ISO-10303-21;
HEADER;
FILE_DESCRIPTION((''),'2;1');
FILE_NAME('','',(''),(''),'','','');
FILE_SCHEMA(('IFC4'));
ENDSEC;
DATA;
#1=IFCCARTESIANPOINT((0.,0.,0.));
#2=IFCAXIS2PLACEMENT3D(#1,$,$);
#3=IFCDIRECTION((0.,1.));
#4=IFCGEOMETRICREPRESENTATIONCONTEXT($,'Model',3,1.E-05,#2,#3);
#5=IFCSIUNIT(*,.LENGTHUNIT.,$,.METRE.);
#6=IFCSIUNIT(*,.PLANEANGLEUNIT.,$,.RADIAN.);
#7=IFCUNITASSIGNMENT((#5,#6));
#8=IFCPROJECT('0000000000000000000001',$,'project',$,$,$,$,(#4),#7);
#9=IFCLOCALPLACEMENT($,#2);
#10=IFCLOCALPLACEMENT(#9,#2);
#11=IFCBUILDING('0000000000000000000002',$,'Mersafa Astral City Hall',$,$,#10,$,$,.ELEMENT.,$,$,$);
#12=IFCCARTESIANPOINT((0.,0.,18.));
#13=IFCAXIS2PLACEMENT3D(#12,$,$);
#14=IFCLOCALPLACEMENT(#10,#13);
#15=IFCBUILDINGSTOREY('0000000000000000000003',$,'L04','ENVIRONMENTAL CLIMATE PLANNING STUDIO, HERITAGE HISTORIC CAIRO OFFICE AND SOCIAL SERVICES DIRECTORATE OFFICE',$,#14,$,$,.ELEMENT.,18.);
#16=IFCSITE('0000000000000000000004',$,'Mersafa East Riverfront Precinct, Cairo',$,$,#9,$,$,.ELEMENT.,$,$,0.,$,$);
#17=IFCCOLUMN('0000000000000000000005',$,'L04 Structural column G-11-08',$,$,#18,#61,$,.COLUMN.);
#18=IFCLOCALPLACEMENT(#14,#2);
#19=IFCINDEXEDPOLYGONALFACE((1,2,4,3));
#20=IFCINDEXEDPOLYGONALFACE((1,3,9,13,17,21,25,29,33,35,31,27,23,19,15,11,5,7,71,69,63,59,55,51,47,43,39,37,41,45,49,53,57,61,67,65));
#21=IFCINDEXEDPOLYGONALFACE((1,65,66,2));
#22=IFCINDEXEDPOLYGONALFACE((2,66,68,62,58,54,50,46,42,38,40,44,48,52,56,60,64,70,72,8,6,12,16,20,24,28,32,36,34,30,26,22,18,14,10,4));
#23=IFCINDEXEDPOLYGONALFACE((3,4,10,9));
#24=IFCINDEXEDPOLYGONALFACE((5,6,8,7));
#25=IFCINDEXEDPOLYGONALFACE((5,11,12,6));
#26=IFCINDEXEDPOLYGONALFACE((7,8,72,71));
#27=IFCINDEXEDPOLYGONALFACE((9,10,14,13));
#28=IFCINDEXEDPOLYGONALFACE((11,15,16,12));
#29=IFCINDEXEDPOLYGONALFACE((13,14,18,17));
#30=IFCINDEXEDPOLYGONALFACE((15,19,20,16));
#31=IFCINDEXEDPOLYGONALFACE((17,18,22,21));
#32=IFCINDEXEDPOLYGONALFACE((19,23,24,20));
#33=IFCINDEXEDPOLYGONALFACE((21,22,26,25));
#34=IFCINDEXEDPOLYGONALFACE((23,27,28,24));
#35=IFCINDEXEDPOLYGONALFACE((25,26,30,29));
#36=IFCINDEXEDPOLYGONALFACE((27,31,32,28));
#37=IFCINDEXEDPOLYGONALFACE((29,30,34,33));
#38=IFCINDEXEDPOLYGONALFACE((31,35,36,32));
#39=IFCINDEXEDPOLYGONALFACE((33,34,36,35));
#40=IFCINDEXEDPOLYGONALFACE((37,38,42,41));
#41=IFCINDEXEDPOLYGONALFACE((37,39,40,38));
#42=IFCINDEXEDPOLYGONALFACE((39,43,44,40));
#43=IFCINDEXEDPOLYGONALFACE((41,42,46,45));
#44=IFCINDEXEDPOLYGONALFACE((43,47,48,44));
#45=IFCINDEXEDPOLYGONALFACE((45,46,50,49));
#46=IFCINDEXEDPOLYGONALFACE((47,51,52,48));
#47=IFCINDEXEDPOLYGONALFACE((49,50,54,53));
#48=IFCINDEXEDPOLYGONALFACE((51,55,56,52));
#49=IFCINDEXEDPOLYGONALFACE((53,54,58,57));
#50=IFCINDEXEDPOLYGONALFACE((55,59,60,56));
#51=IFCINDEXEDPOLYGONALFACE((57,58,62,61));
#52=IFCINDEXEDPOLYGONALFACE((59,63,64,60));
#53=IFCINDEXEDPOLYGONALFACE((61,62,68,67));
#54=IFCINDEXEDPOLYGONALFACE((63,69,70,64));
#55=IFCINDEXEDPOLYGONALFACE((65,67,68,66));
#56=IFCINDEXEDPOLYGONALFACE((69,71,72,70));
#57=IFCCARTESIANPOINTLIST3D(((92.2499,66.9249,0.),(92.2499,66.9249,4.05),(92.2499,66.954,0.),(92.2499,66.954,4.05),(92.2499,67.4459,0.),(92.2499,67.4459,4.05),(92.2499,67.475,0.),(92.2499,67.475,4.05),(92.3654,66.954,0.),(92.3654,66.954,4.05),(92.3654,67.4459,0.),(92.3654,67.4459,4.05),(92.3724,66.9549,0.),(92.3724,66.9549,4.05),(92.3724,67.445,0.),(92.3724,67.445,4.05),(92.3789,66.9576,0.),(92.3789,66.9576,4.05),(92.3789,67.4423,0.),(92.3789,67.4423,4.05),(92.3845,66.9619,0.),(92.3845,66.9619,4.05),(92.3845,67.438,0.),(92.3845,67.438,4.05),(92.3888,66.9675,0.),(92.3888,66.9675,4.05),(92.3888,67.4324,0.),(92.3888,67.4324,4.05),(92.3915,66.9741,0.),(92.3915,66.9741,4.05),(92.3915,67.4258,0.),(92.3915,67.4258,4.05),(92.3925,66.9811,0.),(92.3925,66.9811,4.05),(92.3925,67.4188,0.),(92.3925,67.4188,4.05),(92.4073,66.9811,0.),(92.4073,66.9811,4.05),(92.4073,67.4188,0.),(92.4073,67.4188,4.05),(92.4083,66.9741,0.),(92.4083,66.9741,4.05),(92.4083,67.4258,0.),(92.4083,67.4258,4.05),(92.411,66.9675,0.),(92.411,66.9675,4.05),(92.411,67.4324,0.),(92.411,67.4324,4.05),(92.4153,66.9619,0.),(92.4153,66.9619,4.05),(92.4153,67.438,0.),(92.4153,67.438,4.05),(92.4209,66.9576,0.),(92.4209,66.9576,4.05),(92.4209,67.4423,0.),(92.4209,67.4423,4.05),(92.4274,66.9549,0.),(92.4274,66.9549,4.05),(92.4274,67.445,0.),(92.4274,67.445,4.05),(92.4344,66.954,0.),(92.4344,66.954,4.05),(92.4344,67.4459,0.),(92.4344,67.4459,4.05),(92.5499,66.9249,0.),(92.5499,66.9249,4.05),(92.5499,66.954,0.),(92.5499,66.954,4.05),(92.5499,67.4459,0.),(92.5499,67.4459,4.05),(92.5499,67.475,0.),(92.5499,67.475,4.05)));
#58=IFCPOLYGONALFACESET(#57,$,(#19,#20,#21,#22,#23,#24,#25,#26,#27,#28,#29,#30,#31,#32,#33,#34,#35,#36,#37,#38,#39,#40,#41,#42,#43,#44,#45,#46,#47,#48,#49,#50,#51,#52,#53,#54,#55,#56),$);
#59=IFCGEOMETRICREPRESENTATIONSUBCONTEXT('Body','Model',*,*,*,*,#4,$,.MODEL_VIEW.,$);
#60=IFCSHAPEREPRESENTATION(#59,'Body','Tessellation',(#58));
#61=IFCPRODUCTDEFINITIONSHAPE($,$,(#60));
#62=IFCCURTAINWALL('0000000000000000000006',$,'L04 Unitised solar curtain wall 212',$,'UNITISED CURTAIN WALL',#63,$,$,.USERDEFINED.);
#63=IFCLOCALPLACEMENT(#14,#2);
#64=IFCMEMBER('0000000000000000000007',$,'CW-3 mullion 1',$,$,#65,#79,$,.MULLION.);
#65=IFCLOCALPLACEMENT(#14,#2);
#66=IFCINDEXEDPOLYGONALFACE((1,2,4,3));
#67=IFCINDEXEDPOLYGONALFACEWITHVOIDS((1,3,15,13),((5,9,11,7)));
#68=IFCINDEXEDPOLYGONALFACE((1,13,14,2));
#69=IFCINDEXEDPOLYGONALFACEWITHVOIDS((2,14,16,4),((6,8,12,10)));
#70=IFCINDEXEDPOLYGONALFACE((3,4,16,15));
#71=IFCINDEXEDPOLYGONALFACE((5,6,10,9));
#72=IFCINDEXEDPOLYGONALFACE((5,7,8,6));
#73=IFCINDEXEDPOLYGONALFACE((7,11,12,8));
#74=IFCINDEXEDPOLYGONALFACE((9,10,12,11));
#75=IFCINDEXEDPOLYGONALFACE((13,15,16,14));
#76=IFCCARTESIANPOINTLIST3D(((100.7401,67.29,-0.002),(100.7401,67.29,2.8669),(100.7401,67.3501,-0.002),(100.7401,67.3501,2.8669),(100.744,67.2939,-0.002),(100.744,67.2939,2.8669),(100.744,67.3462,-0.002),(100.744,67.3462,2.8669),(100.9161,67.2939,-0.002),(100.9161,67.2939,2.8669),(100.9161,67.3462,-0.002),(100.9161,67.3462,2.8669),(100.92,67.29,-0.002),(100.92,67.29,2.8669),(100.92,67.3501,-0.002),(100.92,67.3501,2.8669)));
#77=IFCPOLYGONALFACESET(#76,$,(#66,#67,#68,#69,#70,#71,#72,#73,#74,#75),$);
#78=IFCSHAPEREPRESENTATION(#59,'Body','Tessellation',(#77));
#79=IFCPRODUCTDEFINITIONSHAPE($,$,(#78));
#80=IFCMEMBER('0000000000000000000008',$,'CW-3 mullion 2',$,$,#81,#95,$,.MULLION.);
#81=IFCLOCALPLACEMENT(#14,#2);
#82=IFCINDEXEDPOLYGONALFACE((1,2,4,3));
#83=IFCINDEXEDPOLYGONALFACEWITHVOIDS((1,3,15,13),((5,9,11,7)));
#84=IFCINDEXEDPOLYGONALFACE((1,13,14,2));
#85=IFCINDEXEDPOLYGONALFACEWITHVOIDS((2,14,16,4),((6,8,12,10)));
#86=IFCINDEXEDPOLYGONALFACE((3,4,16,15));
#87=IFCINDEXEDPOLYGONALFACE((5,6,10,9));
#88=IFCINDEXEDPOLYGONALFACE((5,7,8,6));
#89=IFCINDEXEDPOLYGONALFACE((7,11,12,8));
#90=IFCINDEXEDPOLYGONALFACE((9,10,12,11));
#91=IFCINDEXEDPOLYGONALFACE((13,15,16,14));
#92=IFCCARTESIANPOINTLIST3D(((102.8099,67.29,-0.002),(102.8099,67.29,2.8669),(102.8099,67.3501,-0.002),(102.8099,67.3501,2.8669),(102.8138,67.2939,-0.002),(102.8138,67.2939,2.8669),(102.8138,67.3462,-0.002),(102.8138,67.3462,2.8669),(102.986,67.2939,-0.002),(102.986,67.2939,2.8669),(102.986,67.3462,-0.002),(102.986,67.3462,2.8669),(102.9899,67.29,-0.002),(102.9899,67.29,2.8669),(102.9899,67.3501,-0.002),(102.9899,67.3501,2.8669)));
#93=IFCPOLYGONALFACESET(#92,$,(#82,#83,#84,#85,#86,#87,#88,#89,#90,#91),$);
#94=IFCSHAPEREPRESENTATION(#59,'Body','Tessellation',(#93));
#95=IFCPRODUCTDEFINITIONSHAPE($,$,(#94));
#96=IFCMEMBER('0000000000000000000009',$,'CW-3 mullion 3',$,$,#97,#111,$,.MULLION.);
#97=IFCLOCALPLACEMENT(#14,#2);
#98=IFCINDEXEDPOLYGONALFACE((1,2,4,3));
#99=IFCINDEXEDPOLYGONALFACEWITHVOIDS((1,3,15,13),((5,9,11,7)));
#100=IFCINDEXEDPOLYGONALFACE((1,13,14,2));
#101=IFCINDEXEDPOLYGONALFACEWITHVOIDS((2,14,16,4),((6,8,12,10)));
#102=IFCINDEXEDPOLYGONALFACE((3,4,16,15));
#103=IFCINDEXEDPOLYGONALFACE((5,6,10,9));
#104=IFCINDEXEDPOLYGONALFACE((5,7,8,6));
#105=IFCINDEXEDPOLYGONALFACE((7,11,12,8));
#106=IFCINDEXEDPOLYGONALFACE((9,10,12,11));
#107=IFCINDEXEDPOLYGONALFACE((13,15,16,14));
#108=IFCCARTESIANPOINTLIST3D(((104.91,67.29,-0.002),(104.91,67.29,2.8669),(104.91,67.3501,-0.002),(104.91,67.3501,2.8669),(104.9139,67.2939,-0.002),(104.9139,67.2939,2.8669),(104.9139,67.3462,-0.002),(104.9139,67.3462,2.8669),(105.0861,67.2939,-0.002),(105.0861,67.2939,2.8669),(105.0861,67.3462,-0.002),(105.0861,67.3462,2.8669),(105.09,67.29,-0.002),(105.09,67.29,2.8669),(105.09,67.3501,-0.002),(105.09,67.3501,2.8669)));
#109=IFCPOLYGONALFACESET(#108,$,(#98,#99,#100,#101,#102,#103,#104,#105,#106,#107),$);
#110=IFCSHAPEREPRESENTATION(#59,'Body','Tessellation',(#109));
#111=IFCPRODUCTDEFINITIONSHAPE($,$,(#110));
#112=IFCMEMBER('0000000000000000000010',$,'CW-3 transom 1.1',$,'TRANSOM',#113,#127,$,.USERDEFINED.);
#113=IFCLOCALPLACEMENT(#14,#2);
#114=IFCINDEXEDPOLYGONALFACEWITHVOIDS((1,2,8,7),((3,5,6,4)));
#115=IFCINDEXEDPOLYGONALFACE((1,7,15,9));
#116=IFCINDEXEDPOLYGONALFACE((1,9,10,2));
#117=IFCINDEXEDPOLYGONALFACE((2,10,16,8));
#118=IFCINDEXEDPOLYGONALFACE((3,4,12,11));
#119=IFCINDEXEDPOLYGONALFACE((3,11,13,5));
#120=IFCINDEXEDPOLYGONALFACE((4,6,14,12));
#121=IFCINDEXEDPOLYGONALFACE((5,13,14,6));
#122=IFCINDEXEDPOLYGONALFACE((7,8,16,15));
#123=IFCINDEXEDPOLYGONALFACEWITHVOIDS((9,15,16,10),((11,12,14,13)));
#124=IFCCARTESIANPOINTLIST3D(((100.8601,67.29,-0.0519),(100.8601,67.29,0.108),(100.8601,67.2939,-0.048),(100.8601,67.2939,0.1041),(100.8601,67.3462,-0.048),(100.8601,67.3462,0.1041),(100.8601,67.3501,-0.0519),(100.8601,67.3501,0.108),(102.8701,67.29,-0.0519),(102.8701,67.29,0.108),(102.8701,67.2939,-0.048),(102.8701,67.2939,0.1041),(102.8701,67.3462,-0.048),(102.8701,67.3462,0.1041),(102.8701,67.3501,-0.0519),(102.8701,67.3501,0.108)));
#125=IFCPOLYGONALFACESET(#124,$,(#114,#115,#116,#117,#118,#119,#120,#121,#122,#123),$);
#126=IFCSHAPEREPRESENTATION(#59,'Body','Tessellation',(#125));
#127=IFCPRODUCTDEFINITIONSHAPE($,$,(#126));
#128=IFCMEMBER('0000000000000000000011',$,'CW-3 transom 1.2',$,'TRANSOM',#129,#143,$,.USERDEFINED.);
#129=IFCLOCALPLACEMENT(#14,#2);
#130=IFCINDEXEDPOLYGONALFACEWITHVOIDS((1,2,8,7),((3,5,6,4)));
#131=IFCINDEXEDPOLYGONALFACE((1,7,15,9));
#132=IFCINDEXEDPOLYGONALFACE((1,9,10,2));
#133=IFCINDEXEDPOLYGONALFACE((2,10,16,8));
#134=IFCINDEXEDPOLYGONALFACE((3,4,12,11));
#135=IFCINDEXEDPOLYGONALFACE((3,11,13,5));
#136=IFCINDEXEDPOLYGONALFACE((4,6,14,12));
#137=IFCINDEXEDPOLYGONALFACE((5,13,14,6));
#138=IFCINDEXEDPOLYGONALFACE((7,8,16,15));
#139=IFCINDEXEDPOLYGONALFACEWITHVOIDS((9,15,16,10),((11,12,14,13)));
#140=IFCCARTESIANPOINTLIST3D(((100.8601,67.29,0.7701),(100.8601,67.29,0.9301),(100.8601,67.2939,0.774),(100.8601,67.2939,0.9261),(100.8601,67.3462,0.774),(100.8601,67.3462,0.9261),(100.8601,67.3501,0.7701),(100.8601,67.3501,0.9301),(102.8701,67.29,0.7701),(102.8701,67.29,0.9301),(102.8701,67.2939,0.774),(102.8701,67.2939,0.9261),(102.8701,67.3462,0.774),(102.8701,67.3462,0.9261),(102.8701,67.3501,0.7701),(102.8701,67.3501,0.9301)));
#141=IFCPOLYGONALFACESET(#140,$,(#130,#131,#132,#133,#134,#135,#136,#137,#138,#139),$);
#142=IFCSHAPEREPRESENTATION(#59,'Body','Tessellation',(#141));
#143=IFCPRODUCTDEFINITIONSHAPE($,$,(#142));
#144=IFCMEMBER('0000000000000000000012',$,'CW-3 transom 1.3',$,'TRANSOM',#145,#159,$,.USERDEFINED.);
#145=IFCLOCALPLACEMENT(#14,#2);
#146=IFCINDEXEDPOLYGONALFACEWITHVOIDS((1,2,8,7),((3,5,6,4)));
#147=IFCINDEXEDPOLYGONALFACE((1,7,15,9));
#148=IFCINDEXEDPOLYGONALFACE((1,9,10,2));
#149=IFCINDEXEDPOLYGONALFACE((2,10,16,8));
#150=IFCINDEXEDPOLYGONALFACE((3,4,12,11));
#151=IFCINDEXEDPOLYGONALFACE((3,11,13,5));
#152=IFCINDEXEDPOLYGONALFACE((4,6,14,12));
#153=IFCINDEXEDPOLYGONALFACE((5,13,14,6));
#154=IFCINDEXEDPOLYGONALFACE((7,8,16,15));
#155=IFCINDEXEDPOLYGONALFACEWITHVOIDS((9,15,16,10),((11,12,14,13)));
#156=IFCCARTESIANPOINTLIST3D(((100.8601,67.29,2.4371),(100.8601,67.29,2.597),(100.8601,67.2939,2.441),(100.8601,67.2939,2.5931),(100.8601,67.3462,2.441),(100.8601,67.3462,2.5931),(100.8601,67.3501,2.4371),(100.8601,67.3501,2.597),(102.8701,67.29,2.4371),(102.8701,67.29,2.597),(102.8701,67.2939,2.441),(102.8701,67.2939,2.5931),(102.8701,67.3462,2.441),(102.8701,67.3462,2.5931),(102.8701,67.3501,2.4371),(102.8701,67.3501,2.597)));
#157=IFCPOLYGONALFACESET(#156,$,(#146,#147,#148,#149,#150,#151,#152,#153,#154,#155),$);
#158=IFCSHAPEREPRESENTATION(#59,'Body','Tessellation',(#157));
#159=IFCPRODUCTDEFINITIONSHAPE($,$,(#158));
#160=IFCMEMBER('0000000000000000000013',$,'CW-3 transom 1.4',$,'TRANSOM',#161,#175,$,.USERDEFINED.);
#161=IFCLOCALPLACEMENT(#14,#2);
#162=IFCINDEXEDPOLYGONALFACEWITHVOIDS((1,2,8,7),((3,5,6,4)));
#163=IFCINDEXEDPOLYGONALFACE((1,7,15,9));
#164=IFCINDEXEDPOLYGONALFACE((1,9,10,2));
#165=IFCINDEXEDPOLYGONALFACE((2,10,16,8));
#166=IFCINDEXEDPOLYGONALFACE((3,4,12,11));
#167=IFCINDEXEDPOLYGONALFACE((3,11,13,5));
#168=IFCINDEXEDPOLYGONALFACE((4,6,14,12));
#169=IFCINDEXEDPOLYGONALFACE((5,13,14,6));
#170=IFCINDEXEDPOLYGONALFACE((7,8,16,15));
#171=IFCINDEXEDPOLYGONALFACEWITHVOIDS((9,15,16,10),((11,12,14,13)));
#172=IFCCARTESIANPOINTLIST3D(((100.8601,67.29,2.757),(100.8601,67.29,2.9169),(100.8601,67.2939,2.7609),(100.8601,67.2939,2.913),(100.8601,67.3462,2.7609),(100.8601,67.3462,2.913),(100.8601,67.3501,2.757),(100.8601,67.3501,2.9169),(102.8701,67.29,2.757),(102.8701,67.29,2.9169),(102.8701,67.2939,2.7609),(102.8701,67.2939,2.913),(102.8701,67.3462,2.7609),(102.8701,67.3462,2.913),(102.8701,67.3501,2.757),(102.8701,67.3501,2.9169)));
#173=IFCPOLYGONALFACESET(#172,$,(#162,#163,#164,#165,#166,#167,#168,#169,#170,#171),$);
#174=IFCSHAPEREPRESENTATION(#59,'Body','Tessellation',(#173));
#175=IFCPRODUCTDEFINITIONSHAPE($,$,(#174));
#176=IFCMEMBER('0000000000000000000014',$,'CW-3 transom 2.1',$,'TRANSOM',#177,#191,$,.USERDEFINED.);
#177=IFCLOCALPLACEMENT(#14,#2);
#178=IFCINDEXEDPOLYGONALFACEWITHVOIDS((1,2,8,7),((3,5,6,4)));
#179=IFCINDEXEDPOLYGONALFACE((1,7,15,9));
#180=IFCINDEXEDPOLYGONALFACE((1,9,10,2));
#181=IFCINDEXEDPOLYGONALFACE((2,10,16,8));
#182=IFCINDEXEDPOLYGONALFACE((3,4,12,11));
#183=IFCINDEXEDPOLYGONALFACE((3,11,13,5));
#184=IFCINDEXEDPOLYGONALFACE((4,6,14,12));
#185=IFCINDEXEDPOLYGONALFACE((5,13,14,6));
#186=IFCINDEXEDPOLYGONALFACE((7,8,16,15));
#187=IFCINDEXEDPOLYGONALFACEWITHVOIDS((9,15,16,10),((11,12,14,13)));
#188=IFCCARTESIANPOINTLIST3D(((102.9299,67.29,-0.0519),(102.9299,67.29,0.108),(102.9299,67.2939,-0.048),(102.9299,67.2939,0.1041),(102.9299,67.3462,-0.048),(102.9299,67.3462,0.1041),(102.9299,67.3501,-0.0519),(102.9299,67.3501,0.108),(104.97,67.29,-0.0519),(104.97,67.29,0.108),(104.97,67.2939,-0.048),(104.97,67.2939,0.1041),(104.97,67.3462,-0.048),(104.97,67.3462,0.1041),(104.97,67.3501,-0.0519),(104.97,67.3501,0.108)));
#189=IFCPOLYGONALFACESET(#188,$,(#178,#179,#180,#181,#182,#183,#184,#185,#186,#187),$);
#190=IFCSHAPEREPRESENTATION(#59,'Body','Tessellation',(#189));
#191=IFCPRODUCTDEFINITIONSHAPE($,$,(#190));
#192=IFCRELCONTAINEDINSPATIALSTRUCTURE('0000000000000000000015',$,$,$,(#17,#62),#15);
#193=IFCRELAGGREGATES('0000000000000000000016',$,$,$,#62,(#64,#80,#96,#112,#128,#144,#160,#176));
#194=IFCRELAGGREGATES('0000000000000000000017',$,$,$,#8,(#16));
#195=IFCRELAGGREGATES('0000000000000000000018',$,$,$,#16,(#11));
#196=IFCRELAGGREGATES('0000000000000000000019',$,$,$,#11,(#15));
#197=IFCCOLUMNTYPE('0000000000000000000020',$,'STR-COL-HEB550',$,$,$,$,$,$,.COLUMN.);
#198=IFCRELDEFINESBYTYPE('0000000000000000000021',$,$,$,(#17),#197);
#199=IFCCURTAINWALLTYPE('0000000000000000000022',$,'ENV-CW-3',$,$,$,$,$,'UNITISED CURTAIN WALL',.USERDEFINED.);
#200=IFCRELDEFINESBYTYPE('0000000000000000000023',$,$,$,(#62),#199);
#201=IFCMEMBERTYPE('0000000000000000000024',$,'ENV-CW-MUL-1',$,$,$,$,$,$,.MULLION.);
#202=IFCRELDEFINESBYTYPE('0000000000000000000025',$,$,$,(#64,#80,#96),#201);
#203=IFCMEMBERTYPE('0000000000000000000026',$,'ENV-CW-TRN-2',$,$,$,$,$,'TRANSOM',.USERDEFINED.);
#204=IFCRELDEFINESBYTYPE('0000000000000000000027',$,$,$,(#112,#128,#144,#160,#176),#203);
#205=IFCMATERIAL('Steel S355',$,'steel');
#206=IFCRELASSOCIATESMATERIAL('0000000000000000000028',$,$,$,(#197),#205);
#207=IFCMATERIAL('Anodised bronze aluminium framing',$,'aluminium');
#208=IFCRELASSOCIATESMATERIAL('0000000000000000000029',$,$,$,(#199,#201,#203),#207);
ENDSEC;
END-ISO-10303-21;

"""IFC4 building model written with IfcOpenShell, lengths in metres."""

from ifc_helpers import new_model, si_unit, direction, frame, origin, origin_2d, place, context, subcontext, project, spatial, hollow_rectangle, i_section, extrude, material, material_profile, profile_set, type_object, element, aggregate, save


model = new_model("IFC4")

# Units and contexts
model_context = context("Model", 3, precision=1e-05, world=origin(), true_north=direction((0.0, 1.0)))
body_context = subcontext(model_context, "Body", "Model", "MODEL_VIEW")
ifc_project = project(units=[si_unit("LENGTHUNIT", "METRE"), si_unit("PLANEANGLEUNIT", "RADIAN")], contexts=[model_context])

# Site, building, storey
site_placement = place(None, origin())
site = spatial("IfcSite", under=ifc_project, at=site_placement, Name="Mersafa East Riverfront Precinct, Cairo", CompositionType="ELEMENT", RefElevation=0.0)
building_placement = place(site_placement, origin())
building = spatial("IfcBuilding", under=site, at=building_placement, Name="Mersafa Astral City Hall", CompositionType="ELEMENT")
storey_placement = place(building_placement, frame((0.0, 0.0, 18.0)))
storey = spatial("IfcBuildingStorey", under=building, at=storey_placement, Name="L04", Description="ENVIRONMENTAL CLIMATE PLANNING STUDIO, HERITAGE HISTORIC CAIRO OFFICE AND SOCIAL SERVICES DIRECTORATE OFFICE", CompositionType="ELEMENT", Elevation=18.0)

# Column
ifc_material_1 = material(Name="Steel S355", Category="steel")
ifc_material_profile_1 = material_profile(ifc_material_1, i_section(OverallWidth=0.3, OverallDepth=0.55, WebThickness=0.0149, FlangeThickness=0.0291, FilletRadius=0.0271, at=origin_2d()), Name="HEB 550")
ifc_profile_set_1 = profile_set([ifc_material_profile_1], Name="Steel S355")
column_type = type_object("IfcColumnType", Name="STR-COL-HEB550", PredefinedType="COLUMN", material=ifc_profile_set_1)
column_placement = place(storey_placement, frame((92.3999, 67.2, 0.0), z_axis=(0.0, 0.0, 1.0), x_axis=(1.0, 0.0, 0.0)))
element("IfcColumn", 1, at=column_placement, inside=storey, type_object=column_type, Name="L04 Structural column G-11-08", PredefinedType="COLUMN", context=body_context, shape_type="SweptSolid", body=[
    extrude(i_section(OverallWidth=0.3, OverallDepth=0.55, WebThickness=0.0149, FlangeThickness=0.0291, FilletRadius=0.0271, at=origin_2d()), origin(), (0.0, 0.0, 1.0), 4.05),
])

# Curtain wall, members
ifc_material_2 = material(Name="Anodised bronze aluminium framing", Category="aluminium")
curtain_wall_type = type_object("IfcCurtainWallType", Name="ENV-CW-3", ElementType="UNITISED CURTAIN WALL", PredefinedType="USERDEFINED", material=ifc_material_2)
curtain_wall_placement = place(storey_placement, origin())
curtain_wall = element("IfcCurtainWall", 2, at=curtain_wall_placement, inside=storey, type_object=curtain_wall_type, Name="L04 Unitised solar curtain wall 212", ObjectType="UNITISED CURTAIN WALL", PredefinedType="USERDEFINED")
ifc_material_profile_2 = material_profile(ifc_material_2, hollow_rectangle(XDim=0.0601, YDim=0.1799, WallThickness=0.0039, at=origin_2d()), Name="RHS 60x180x4")
ifc_profile_set_2 = profile_set([ifc_material_profile_2], Name="Anodised bronze aluminium framing")
member_type_1 = type_object("IfcMemberType", Name="ENV-CW-MUL-1", PredefinedType="MULLION", material=ifc_profile_set_2)
member_1_placement = place(storey_placement, frame((100.8301, 67.3201, -0.002), z_axis=(0.0, 0.0, 1.0), x_axis=(0.0, 1.0, 0.0)))
member_1 = element("IfcMember", 3, at=member_1_placement, type_object=member_type_1, Name="CW-3 mullion 1", PredefinedType="MULLION", context=body_context, shape_type="SweptSolid", body=[
    extrude(hollow_rectangle(XDim=0.0601, YDim=0.1799, WallThickness=0.0039, at=origin_2d()), origin(), (0.0, 0.0, 1.0), 2.8689),
])
member_2_placement = place(storey_placement, frame((102.8999, 67.3201, -0.002), z_axis=(0.0, 0.0, 1.0), x_axis=(0.0, 1.0, 0.0)))
member_2 = element("IfcMember", 4, at=member_2_placement, type_object=member_type_1, Name="CW-3 mullion 2", PredefinedType="MULLION", context=body_context, shape_type="SweptSolid", body=[
    extrude(hollow_rectangle(XDim=0.0601, YDim=0.1799, WallThickness=0.0039, at=origin_2d()), origin(), (0.0, 0.0, 1.0), 2.8689),
])
member_3_placement = place(storey_placement, frame((105.0, 67.3201, -0.002), z_axis=(0.0, 0.0, 1.0), x_axis=(0.0, 1.0, 0.0)))
member_3 = element("IfcMember", 5, at=member_3_placement, type_object=member_type_1, Name="CW-3 mullion 3", PredefinedType="MULLION", context=body_context, shape_type="SweptSolid", body=[
    extrude(hollow_rectangle(XDim=0.0601, YDim=0.1799, WallThickness=0.0039, at=origin_2d()), origin(), (0.0, 0.0, 1.0), 2.8689),
])
ifc_material_profile_3 = material_profile(ifc_material_2, hollow_rectangle(XDim=0.0601, YDim=0.1599, WallThickness=0.0039, at=origin_2d()), Name="RHS 60x160x4")
ifc_profile_set_3 = profile_set([ifc_material_profile_3], Name="Anodised bronze aluminium framing")
member_type_2 = type_object("IfcMemberType", Name="ENV-CW-TRN-2", ElementType="TRANSOM", PredefinedType="USERDEFINED", material=ifc_profile_set_3)
member_4_placement = place(storey_placement, frame((100.8601, 67.3201, 0.0281), z_axis=(1.0, 0.0, 0.0), x_axis=(0.0, 1.0, 0.0)))
member_4 = element("IfcMember", 6, at=member_4_placement, type_object=member_type_2, Name="CW-3 transom 1.1", ObjectType="TRANSOM", PredefinedType="USERDEFINED", context=body_context, shape_type="SweptSolid", body=[
    extrude(hollow_rectangle(XDim=0.0601, YDim=0.1599, WallThickness=0.0039, at=origin_2d()), origin(), (0.0, 0.0, 1.0), 2.01),
])
member_5_placement = place(storey_placement, frame((100.8601, 67.3201, 0.8501), z_axis=(1.0, 0.0, 0.0), x_axis=(0.0, 1.0, 0.0)))
member_5 = element("IfcMember", 7, at=member_5_placement, type_object=member_type_2, Name="CW-3 transom 1.2", ObjectType="TRANSOM", PredefinedType="USERDEFINED", context=body_context, shape_type="SweptSolid", body=[
    extrude(hollow_rectangle(XDim=0.0601, YDim=0.1599, WallThickness=0.0039, at=origin_2d()), origin(), (0.0, 0.0, 1.0), 2.01),
])
member_6_placement = place(storey_placement, frame((100.8601, 67.3201, 2.5171), z_axis=(1.0, 0.0, 0.0), x_axis=(0.0, 1.0, 0.0)))
member_6 = element("IfcMember", 8, at=member_6_placement, type_object=member_type_2, Name="CW-3 transom 1.3", ObjectType="TRANSOM", PredefinedType="USERDEFINED", context=body_context, shape_type="SweptSolid", body=[
    extrude(hollow_rectangle(XDim=0.0601, YDim=0.1599, WallThickness=0.0039, at=origin_2d()), origin(), (0.0, 0.0, 1.0), 2.01),
])
member_7_placement = place(storey_placement, frame((100.8601, 67.3201, 2.8369), z_axis=(1.0, 0.0, 0.0), x_axis=(0.0, 1.0, 0.0)))
member_7 = element("IfcMember", 9, at=member_7_placement, type_object=member_type_2, Name="CW-3 transom 1.4", ObjectType="TRANSOM", PredefinedType="USERDEFINED", context=body_context, shape_type="SweptSolid", body=[
    extrude(hollow_rectangle(XDim=0.0601, YDim=0.1599, WallThickness=0.0039, at=origin_2d()), origin(), (0.0, 0.0, 1.0), 2.01),
])
member_8_placement = place(storey_placement, frame((102.9299, 67.3201, 0.0281), z_axis=(1.0, 0.0, 0.0), x_axis=(0.0, 1.0, 0.0)))
member_8 = element("IfcMember", 10, at=member_8_placement, type_object=member_type_2, Name="CW-3 transom 2.1", ObjectType="TRANSOM", PredefinedType="USERDEFINED", context=body_context, shape_type="SweptSolid", body=[
    extrude(hollow_rectangle(XDim=0.0601, YDim=0.1599, WallThickness=0.0039, at=origin_2d()), origin(), (0.0, 0.0, 1.0), 2.04),
])

aggregate(curtain_wall, [member_1, member_2, member_3, member_4, member_5, member_6, member_7, member_8])

save(model, "model.ifc")
